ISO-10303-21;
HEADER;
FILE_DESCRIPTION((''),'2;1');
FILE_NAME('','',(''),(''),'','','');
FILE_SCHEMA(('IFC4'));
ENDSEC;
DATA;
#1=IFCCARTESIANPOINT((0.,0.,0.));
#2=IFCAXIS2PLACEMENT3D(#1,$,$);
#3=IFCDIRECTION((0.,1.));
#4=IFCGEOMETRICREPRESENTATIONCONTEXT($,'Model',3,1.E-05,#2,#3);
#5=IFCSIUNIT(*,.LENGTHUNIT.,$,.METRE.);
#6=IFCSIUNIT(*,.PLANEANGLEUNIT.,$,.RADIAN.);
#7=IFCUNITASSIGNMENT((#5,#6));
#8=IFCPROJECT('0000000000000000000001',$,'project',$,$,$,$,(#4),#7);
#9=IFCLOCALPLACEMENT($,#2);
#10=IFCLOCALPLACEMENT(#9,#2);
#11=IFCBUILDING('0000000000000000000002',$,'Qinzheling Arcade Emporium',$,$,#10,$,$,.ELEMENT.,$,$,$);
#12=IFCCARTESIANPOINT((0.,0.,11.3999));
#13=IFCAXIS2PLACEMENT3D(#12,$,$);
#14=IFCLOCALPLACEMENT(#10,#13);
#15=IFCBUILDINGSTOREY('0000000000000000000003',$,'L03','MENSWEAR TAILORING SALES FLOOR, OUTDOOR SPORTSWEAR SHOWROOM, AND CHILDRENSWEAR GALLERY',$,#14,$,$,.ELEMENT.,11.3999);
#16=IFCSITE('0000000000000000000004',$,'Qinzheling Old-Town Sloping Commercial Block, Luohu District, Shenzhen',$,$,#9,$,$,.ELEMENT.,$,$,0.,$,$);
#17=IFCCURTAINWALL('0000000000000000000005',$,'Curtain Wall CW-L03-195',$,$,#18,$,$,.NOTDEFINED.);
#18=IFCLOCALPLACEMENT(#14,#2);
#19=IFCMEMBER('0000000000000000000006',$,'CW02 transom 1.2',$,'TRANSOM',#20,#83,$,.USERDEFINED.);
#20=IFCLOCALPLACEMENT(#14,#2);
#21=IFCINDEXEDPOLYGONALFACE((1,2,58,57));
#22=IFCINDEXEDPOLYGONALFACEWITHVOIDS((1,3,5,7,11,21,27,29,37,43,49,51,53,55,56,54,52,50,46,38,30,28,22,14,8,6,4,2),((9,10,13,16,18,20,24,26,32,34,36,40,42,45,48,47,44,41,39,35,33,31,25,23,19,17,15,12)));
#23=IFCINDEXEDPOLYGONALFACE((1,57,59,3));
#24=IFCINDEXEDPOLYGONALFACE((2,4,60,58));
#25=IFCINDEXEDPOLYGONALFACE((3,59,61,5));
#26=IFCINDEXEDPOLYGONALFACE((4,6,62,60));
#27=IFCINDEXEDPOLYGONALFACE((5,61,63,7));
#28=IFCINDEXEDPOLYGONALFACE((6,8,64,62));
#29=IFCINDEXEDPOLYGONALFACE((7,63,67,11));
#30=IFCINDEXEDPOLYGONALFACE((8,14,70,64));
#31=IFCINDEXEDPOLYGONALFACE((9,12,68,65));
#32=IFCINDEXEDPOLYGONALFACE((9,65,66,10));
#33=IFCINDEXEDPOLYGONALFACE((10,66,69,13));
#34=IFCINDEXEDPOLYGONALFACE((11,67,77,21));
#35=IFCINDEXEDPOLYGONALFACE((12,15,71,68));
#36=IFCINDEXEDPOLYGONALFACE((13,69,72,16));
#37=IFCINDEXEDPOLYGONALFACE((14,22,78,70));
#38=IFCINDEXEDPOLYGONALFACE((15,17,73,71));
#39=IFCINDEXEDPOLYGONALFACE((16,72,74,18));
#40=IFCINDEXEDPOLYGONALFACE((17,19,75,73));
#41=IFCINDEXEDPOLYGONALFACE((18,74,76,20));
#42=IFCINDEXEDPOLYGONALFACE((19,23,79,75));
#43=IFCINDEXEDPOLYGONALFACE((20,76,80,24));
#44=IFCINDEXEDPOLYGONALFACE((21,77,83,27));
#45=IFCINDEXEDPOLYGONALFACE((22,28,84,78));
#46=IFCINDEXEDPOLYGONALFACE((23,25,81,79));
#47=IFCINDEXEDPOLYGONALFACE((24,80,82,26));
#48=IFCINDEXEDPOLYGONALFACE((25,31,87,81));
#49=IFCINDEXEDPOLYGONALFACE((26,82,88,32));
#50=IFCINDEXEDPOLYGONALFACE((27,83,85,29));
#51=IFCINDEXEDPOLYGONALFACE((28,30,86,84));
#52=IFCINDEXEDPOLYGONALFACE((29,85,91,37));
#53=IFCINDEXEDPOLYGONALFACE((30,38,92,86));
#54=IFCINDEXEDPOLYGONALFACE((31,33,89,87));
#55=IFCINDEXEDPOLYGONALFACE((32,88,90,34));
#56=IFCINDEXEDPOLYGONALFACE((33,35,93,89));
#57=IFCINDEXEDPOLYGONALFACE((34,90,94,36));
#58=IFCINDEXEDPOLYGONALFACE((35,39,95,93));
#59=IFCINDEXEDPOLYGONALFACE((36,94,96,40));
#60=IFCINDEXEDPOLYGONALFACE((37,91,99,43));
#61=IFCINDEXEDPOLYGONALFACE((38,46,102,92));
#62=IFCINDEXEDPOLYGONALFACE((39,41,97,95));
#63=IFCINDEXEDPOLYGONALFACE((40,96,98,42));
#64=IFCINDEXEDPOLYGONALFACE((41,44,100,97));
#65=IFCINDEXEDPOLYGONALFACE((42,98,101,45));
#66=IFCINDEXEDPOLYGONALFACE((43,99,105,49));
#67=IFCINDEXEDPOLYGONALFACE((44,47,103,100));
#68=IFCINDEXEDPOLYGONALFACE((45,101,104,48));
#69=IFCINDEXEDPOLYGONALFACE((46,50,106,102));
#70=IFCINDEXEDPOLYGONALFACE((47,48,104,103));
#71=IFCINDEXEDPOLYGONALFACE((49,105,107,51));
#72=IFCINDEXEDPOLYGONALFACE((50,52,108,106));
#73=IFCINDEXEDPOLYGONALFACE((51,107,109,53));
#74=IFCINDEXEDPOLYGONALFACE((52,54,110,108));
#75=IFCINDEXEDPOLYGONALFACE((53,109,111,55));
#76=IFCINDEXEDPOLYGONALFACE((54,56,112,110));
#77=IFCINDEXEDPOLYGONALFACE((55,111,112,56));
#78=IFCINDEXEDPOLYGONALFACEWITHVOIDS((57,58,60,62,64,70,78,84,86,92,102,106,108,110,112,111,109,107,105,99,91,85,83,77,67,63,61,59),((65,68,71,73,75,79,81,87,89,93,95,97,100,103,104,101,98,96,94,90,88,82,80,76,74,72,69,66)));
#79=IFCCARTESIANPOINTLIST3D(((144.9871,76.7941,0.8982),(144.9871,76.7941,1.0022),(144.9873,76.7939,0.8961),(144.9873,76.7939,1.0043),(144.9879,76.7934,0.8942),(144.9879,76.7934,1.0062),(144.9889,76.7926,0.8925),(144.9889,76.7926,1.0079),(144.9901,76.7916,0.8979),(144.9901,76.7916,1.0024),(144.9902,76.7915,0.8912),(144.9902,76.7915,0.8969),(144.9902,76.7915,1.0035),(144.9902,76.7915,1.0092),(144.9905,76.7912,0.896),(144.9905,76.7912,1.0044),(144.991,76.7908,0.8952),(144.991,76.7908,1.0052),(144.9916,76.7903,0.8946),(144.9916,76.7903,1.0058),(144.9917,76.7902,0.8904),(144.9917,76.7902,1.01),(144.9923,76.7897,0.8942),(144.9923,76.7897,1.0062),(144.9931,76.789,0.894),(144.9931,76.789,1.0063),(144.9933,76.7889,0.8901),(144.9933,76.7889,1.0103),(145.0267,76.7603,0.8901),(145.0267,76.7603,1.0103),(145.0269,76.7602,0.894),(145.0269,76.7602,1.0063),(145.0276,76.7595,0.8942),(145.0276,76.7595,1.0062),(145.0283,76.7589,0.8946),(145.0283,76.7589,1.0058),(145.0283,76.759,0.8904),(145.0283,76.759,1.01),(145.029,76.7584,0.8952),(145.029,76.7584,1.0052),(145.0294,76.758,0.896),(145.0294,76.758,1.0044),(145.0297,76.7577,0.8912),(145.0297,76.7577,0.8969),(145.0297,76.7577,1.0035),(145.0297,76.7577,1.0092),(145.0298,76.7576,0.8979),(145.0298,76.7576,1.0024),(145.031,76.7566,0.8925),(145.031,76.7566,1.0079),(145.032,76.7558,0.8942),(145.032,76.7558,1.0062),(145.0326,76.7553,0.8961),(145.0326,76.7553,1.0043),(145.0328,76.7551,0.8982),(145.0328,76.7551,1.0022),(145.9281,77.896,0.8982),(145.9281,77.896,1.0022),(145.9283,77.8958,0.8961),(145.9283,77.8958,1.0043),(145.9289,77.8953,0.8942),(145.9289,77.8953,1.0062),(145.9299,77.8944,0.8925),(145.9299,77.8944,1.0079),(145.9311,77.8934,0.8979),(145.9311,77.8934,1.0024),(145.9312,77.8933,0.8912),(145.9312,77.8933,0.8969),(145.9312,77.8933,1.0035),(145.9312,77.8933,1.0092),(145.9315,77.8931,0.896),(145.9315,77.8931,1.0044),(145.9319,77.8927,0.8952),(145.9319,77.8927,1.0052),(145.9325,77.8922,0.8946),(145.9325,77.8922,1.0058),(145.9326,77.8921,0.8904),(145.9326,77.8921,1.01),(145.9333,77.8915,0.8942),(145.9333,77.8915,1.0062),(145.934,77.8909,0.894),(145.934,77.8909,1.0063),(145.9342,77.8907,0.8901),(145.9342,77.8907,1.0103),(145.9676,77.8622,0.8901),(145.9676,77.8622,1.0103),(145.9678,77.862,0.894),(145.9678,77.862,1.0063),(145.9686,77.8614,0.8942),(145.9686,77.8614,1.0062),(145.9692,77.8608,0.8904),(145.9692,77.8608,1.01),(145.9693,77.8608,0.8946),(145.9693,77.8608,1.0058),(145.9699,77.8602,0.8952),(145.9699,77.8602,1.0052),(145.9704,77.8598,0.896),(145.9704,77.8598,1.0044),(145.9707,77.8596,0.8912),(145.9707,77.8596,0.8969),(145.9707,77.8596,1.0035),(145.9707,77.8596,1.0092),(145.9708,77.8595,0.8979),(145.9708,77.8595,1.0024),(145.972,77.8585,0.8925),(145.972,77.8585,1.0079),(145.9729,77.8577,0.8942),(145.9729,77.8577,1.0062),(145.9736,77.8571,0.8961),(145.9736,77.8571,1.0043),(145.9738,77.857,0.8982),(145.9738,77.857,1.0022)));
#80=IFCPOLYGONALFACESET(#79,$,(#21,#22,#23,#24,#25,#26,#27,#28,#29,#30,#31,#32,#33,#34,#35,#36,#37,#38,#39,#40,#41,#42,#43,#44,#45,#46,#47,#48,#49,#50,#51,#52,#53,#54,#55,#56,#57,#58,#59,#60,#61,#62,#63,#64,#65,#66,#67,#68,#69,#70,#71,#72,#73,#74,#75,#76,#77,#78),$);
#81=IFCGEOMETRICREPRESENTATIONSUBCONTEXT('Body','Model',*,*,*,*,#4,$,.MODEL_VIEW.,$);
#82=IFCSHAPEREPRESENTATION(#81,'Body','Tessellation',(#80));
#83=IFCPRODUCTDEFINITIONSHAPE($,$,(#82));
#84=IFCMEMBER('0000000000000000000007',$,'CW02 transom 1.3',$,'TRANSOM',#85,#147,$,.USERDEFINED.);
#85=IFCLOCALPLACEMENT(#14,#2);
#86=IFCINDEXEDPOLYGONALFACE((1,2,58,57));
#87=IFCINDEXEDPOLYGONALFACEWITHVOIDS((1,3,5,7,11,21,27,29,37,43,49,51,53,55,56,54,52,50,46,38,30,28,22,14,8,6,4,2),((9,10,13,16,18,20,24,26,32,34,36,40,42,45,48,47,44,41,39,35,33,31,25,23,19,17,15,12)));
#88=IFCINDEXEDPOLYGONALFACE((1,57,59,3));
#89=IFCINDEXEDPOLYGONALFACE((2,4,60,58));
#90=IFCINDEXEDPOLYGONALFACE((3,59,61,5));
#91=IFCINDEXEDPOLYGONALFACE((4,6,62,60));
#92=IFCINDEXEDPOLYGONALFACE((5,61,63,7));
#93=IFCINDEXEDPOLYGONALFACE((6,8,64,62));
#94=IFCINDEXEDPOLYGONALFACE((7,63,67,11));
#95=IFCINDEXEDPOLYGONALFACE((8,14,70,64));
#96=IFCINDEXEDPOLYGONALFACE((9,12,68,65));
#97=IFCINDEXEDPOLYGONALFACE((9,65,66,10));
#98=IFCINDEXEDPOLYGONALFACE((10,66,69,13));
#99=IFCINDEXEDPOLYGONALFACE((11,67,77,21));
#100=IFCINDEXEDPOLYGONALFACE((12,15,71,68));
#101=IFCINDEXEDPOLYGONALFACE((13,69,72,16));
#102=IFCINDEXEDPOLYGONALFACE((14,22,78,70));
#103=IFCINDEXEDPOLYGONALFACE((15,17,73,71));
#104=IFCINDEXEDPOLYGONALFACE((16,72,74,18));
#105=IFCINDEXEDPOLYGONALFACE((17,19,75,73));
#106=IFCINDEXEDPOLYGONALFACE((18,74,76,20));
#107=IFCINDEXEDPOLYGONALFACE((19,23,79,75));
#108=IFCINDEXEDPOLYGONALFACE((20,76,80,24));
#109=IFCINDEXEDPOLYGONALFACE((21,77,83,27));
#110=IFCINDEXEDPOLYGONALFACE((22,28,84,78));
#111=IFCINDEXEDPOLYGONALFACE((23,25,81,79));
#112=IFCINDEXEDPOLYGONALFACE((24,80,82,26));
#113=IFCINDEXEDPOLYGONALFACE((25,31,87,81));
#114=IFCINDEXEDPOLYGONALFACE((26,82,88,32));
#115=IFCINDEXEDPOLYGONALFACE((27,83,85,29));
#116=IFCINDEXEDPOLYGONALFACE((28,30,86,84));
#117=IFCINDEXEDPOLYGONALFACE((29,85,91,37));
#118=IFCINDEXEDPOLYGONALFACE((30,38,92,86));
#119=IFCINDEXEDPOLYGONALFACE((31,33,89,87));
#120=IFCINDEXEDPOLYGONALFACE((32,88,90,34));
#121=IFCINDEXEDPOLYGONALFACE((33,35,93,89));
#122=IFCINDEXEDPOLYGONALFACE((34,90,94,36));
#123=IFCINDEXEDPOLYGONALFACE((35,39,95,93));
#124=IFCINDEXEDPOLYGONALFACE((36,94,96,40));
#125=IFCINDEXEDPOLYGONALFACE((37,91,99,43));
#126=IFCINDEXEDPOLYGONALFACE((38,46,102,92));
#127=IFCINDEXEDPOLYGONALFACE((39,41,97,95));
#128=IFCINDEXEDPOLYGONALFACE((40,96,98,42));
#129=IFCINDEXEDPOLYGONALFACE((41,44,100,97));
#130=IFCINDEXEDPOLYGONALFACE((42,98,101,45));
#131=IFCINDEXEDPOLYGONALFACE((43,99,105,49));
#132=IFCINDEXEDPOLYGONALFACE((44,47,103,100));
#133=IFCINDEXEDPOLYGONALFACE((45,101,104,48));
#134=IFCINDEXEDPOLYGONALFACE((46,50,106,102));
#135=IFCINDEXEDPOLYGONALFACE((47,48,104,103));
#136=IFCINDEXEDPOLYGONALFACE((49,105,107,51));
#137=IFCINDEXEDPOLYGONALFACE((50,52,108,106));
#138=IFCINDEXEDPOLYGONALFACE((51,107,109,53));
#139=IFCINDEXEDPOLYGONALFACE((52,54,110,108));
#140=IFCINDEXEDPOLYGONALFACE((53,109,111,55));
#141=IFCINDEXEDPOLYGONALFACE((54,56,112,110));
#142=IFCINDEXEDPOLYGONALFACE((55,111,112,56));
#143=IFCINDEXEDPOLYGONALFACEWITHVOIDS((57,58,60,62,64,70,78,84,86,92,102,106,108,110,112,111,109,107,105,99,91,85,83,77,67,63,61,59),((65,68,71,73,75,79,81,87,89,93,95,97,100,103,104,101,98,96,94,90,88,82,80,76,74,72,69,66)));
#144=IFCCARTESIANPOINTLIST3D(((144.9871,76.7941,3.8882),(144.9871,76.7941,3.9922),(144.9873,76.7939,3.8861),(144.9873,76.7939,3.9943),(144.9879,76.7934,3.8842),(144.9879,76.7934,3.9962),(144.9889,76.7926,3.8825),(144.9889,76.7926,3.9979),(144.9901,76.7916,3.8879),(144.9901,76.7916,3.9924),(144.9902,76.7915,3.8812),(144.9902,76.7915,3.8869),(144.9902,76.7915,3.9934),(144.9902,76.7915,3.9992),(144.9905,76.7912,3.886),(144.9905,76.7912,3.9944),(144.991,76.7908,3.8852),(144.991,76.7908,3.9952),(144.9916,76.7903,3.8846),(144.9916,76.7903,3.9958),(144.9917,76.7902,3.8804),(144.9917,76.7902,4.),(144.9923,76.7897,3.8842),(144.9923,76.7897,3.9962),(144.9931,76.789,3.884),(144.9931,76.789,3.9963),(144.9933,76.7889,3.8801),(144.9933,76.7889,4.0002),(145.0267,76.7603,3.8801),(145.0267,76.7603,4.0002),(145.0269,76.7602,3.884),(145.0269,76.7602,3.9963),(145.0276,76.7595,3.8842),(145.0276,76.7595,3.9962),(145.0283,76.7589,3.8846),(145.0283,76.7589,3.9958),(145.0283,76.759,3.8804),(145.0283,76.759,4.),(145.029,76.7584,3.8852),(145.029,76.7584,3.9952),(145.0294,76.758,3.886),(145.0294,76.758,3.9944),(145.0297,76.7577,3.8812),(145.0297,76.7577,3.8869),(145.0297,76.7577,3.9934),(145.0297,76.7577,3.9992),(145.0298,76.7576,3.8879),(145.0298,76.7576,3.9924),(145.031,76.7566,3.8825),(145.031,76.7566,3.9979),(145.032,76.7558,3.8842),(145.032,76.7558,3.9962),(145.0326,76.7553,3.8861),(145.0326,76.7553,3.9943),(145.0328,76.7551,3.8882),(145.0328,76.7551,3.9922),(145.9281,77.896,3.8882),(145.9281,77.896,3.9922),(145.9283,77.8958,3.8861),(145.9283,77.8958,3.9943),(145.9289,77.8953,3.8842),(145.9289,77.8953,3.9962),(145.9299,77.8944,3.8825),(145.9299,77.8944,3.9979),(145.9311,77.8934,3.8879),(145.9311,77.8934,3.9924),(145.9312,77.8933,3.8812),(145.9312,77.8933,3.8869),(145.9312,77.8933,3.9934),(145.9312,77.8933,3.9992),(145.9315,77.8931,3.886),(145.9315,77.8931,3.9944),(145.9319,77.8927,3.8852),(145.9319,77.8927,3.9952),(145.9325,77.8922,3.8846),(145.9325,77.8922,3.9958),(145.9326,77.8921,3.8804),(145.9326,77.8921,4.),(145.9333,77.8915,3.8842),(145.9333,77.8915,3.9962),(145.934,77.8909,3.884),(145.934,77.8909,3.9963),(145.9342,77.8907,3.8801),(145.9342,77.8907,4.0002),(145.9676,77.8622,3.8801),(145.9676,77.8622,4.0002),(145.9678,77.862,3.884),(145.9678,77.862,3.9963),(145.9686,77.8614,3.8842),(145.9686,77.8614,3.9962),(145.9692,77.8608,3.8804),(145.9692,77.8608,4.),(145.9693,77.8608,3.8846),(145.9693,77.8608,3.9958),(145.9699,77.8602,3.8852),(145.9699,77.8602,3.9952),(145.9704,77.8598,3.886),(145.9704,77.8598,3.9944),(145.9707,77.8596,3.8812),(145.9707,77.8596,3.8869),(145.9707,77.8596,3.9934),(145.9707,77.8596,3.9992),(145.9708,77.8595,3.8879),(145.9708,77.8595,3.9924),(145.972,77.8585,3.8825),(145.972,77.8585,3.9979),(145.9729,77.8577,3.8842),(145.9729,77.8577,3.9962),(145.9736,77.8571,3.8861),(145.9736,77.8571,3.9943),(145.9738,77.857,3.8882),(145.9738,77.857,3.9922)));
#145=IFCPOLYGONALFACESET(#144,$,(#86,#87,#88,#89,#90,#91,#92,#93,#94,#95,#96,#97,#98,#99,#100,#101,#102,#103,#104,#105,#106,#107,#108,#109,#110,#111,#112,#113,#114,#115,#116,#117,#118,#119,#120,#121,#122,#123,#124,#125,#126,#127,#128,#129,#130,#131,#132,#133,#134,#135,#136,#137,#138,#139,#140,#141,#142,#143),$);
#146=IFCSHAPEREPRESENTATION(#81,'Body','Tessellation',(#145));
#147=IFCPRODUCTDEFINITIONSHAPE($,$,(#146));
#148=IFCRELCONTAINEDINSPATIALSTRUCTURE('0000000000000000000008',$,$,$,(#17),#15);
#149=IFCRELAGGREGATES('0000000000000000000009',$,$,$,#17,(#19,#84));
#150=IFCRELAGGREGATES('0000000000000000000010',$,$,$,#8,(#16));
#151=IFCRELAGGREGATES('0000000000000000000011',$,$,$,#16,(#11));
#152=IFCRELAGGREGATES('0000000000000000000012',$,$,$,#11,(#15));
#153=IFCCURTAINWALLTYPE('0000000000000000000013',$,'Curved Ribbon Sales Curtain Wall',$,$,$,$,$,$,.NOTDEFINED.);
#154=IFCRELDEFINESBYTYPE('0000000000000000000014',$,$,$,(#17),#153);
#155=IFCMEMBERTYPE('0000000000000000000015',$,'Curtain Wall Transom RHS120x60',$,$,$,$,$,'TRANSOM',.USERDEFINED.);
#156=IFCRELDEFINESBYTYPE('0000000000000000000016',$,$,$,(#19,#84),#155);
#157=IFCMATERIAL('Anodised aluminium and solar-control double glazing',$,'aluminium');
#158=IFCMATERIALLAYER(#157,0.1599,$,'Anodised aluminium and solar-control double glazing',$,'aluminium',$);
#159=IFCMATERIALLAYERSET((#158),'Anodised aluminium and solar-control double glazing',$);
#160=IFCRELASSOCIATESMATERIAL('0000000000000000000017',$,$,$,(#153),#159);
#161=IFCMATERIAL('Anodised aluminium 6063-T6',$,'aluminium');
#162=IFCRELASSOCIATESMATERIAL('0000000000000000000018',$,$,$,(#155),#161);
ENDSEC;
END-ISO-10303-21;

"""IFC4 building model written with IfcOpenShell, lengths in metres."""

from ifc_helpers import new_model, si_unit, direction, frame, origin, origin_2d, place, context, subcontext, project, spatial, hollow_rectangle, extrude, material, layer, layer_set, material_profile, profile_set, type_object, element, aggregate, save


model = new_model("IFC4")

# Units and contexts
model_context = context("Model", 3, precision=1e-05, world=origin(), true_north=direction((0.0, 1.0)))
body_context = subcontext(model_context, "Body", "Model", "MODEL_VIEW")
ifc_project = project(units=[si_unit("LENGTHUNIT", "METRE"), si_unit("PLANEANGLEUNIT", "RADIAN")], contexts=[model_context])

# Site, building, storey
site_placement = place(None, origin())
site = spatial("IfcSite", under=ifc_project, at=site_placement, Name="Qinzheling Old-Town Sloping Commercial Block, Luohu District, Shenzhen", CompositionType="ELEMENT", RefElevation=0.0)
building_placement = place(site_placement, origin())
building = spatial("IfcBuilding", under=site, at=building_placement, Name="Qinzheling Arcade Emporium", CompositionType="ELEMENT")
storey_placement = place(building_placement, frame((0.0, 0.0, 11.3999)))
storey = spatial("IfcBuildingStorey", under=building, at=storey_placement, Name="L03", Description="MENSWEAR TAILORING SALES FLOOR, OUTDOOR SPORTSWEAR SHOWROOM, AND CHILDRENSWEAR GALLERY", CompositionType="ELEMENT", Elevation=11.3999)

# Shared definitions
ifc_material_1 = material(Name="Anodised aluminium and solar-control double glazing", Category="aluminium")
ifc_layer_1 = layer(ifc_material_1, 0.1599, Name="Anodised aluminium and solar-control double glazing", Category="aluminium")
ifc_layer_set_1 = layer_set([ifc_layer_1], Name="Anodised aluminium and solar-control double glazing")
curtain_wall_type = type_object("IfcCurtainWallType", Name="Curved Ribbon Sales Curtain Wall", PredefinedType="NOTDEFINED", material=ifc_layer_set_1)
ifc_material_2 = material(Name="Anodised aluminium 6063-T6", Category="aluminium")

# Curtain wall
curtain_wall_1_placement = place(storey_placement, origin())
curtain_wall_1 = element("IfcCurtainWall", 1, at=curtain_wall_1_placement, inside=storey, type_object=curtain_wall_type, Name="Curtain Wall CW-L03-195", PredefinedType="NOTDEFINED")

# Members
ifc_material_profile_1 = material_profile(ifc_material_2, hollow_rectangle(XDim=0.0601, YDim=0.1201, WallThickness=0.0039, InnerFilletRadius=0.0039, OuterFilletRadius=0.0081, at=origin_2d()), Name="RHS 120x60x4", Category="aluminium")
ifc_profile_set_1 = profile_set([ifc_material_profile_1], Name="Anodised aluminium 6063-T6")
member_type_1 = type_object("IfcMemberType", Name="Curtain Wall Transom RHS120x60", ElementType="TRANSOM", PredefinedType="USERDEFINED", material=ifc_profile_set_1)
member_1_placement = place(storey_placement, frame((145.9509, 77.8765, 0.9502), z_axis=(-0.649403, -0.760445, 0.0), x_axis=(0.760445, -0.649403, 0.0)))
member_1 = element("IfcMember", 2, at=member_1_placement, type_object=member_type_1, Name="CW02 transom 1.2", ObjectType="TRANSOM", PredefinedType="USERDEFINED", context=body_context, shape_type="SweptSolid", body=[
    extrude(hollow_rectangle(XDim=0.0601, YDim=0.1201, WallThickness=0.0039, InnerFilletRadius=0.0039, OuterFilletRadius=0.0081, at=origin_2d()), origin(), (0.0, 0.0, 1.0), 1.449),
])
member_2_placement = place(storey_placement, frame((145.9509, 77.8765, 3.9402), z_axis=(-0.649403, -0.760445, 0.0), x_axis=(0.760445, -0.649403, 0.0)))
member_2 = element("IfcMember", 3, at=member_2_placement, type_object=member_type_1, Name="CW02 transom 1.3", ObjectType="TRANSOM", PredefinedType="USERDEFINED", context=body_context, shape_type="SweptSolid", body=[
    extrude(hollow_rectangle(XDim=0.0601, YDim=0.1201, WallThickness=0.0039, InnerFilletRadius=0.0039, OuterFilletRadius=0.0081, at=origin_2d()), origin(), (0.0, 0.0, 1.0), 1.449),
])

aggregate(curtain_wall_1, [member_1, member_2])

save(model, "model.ifc")
